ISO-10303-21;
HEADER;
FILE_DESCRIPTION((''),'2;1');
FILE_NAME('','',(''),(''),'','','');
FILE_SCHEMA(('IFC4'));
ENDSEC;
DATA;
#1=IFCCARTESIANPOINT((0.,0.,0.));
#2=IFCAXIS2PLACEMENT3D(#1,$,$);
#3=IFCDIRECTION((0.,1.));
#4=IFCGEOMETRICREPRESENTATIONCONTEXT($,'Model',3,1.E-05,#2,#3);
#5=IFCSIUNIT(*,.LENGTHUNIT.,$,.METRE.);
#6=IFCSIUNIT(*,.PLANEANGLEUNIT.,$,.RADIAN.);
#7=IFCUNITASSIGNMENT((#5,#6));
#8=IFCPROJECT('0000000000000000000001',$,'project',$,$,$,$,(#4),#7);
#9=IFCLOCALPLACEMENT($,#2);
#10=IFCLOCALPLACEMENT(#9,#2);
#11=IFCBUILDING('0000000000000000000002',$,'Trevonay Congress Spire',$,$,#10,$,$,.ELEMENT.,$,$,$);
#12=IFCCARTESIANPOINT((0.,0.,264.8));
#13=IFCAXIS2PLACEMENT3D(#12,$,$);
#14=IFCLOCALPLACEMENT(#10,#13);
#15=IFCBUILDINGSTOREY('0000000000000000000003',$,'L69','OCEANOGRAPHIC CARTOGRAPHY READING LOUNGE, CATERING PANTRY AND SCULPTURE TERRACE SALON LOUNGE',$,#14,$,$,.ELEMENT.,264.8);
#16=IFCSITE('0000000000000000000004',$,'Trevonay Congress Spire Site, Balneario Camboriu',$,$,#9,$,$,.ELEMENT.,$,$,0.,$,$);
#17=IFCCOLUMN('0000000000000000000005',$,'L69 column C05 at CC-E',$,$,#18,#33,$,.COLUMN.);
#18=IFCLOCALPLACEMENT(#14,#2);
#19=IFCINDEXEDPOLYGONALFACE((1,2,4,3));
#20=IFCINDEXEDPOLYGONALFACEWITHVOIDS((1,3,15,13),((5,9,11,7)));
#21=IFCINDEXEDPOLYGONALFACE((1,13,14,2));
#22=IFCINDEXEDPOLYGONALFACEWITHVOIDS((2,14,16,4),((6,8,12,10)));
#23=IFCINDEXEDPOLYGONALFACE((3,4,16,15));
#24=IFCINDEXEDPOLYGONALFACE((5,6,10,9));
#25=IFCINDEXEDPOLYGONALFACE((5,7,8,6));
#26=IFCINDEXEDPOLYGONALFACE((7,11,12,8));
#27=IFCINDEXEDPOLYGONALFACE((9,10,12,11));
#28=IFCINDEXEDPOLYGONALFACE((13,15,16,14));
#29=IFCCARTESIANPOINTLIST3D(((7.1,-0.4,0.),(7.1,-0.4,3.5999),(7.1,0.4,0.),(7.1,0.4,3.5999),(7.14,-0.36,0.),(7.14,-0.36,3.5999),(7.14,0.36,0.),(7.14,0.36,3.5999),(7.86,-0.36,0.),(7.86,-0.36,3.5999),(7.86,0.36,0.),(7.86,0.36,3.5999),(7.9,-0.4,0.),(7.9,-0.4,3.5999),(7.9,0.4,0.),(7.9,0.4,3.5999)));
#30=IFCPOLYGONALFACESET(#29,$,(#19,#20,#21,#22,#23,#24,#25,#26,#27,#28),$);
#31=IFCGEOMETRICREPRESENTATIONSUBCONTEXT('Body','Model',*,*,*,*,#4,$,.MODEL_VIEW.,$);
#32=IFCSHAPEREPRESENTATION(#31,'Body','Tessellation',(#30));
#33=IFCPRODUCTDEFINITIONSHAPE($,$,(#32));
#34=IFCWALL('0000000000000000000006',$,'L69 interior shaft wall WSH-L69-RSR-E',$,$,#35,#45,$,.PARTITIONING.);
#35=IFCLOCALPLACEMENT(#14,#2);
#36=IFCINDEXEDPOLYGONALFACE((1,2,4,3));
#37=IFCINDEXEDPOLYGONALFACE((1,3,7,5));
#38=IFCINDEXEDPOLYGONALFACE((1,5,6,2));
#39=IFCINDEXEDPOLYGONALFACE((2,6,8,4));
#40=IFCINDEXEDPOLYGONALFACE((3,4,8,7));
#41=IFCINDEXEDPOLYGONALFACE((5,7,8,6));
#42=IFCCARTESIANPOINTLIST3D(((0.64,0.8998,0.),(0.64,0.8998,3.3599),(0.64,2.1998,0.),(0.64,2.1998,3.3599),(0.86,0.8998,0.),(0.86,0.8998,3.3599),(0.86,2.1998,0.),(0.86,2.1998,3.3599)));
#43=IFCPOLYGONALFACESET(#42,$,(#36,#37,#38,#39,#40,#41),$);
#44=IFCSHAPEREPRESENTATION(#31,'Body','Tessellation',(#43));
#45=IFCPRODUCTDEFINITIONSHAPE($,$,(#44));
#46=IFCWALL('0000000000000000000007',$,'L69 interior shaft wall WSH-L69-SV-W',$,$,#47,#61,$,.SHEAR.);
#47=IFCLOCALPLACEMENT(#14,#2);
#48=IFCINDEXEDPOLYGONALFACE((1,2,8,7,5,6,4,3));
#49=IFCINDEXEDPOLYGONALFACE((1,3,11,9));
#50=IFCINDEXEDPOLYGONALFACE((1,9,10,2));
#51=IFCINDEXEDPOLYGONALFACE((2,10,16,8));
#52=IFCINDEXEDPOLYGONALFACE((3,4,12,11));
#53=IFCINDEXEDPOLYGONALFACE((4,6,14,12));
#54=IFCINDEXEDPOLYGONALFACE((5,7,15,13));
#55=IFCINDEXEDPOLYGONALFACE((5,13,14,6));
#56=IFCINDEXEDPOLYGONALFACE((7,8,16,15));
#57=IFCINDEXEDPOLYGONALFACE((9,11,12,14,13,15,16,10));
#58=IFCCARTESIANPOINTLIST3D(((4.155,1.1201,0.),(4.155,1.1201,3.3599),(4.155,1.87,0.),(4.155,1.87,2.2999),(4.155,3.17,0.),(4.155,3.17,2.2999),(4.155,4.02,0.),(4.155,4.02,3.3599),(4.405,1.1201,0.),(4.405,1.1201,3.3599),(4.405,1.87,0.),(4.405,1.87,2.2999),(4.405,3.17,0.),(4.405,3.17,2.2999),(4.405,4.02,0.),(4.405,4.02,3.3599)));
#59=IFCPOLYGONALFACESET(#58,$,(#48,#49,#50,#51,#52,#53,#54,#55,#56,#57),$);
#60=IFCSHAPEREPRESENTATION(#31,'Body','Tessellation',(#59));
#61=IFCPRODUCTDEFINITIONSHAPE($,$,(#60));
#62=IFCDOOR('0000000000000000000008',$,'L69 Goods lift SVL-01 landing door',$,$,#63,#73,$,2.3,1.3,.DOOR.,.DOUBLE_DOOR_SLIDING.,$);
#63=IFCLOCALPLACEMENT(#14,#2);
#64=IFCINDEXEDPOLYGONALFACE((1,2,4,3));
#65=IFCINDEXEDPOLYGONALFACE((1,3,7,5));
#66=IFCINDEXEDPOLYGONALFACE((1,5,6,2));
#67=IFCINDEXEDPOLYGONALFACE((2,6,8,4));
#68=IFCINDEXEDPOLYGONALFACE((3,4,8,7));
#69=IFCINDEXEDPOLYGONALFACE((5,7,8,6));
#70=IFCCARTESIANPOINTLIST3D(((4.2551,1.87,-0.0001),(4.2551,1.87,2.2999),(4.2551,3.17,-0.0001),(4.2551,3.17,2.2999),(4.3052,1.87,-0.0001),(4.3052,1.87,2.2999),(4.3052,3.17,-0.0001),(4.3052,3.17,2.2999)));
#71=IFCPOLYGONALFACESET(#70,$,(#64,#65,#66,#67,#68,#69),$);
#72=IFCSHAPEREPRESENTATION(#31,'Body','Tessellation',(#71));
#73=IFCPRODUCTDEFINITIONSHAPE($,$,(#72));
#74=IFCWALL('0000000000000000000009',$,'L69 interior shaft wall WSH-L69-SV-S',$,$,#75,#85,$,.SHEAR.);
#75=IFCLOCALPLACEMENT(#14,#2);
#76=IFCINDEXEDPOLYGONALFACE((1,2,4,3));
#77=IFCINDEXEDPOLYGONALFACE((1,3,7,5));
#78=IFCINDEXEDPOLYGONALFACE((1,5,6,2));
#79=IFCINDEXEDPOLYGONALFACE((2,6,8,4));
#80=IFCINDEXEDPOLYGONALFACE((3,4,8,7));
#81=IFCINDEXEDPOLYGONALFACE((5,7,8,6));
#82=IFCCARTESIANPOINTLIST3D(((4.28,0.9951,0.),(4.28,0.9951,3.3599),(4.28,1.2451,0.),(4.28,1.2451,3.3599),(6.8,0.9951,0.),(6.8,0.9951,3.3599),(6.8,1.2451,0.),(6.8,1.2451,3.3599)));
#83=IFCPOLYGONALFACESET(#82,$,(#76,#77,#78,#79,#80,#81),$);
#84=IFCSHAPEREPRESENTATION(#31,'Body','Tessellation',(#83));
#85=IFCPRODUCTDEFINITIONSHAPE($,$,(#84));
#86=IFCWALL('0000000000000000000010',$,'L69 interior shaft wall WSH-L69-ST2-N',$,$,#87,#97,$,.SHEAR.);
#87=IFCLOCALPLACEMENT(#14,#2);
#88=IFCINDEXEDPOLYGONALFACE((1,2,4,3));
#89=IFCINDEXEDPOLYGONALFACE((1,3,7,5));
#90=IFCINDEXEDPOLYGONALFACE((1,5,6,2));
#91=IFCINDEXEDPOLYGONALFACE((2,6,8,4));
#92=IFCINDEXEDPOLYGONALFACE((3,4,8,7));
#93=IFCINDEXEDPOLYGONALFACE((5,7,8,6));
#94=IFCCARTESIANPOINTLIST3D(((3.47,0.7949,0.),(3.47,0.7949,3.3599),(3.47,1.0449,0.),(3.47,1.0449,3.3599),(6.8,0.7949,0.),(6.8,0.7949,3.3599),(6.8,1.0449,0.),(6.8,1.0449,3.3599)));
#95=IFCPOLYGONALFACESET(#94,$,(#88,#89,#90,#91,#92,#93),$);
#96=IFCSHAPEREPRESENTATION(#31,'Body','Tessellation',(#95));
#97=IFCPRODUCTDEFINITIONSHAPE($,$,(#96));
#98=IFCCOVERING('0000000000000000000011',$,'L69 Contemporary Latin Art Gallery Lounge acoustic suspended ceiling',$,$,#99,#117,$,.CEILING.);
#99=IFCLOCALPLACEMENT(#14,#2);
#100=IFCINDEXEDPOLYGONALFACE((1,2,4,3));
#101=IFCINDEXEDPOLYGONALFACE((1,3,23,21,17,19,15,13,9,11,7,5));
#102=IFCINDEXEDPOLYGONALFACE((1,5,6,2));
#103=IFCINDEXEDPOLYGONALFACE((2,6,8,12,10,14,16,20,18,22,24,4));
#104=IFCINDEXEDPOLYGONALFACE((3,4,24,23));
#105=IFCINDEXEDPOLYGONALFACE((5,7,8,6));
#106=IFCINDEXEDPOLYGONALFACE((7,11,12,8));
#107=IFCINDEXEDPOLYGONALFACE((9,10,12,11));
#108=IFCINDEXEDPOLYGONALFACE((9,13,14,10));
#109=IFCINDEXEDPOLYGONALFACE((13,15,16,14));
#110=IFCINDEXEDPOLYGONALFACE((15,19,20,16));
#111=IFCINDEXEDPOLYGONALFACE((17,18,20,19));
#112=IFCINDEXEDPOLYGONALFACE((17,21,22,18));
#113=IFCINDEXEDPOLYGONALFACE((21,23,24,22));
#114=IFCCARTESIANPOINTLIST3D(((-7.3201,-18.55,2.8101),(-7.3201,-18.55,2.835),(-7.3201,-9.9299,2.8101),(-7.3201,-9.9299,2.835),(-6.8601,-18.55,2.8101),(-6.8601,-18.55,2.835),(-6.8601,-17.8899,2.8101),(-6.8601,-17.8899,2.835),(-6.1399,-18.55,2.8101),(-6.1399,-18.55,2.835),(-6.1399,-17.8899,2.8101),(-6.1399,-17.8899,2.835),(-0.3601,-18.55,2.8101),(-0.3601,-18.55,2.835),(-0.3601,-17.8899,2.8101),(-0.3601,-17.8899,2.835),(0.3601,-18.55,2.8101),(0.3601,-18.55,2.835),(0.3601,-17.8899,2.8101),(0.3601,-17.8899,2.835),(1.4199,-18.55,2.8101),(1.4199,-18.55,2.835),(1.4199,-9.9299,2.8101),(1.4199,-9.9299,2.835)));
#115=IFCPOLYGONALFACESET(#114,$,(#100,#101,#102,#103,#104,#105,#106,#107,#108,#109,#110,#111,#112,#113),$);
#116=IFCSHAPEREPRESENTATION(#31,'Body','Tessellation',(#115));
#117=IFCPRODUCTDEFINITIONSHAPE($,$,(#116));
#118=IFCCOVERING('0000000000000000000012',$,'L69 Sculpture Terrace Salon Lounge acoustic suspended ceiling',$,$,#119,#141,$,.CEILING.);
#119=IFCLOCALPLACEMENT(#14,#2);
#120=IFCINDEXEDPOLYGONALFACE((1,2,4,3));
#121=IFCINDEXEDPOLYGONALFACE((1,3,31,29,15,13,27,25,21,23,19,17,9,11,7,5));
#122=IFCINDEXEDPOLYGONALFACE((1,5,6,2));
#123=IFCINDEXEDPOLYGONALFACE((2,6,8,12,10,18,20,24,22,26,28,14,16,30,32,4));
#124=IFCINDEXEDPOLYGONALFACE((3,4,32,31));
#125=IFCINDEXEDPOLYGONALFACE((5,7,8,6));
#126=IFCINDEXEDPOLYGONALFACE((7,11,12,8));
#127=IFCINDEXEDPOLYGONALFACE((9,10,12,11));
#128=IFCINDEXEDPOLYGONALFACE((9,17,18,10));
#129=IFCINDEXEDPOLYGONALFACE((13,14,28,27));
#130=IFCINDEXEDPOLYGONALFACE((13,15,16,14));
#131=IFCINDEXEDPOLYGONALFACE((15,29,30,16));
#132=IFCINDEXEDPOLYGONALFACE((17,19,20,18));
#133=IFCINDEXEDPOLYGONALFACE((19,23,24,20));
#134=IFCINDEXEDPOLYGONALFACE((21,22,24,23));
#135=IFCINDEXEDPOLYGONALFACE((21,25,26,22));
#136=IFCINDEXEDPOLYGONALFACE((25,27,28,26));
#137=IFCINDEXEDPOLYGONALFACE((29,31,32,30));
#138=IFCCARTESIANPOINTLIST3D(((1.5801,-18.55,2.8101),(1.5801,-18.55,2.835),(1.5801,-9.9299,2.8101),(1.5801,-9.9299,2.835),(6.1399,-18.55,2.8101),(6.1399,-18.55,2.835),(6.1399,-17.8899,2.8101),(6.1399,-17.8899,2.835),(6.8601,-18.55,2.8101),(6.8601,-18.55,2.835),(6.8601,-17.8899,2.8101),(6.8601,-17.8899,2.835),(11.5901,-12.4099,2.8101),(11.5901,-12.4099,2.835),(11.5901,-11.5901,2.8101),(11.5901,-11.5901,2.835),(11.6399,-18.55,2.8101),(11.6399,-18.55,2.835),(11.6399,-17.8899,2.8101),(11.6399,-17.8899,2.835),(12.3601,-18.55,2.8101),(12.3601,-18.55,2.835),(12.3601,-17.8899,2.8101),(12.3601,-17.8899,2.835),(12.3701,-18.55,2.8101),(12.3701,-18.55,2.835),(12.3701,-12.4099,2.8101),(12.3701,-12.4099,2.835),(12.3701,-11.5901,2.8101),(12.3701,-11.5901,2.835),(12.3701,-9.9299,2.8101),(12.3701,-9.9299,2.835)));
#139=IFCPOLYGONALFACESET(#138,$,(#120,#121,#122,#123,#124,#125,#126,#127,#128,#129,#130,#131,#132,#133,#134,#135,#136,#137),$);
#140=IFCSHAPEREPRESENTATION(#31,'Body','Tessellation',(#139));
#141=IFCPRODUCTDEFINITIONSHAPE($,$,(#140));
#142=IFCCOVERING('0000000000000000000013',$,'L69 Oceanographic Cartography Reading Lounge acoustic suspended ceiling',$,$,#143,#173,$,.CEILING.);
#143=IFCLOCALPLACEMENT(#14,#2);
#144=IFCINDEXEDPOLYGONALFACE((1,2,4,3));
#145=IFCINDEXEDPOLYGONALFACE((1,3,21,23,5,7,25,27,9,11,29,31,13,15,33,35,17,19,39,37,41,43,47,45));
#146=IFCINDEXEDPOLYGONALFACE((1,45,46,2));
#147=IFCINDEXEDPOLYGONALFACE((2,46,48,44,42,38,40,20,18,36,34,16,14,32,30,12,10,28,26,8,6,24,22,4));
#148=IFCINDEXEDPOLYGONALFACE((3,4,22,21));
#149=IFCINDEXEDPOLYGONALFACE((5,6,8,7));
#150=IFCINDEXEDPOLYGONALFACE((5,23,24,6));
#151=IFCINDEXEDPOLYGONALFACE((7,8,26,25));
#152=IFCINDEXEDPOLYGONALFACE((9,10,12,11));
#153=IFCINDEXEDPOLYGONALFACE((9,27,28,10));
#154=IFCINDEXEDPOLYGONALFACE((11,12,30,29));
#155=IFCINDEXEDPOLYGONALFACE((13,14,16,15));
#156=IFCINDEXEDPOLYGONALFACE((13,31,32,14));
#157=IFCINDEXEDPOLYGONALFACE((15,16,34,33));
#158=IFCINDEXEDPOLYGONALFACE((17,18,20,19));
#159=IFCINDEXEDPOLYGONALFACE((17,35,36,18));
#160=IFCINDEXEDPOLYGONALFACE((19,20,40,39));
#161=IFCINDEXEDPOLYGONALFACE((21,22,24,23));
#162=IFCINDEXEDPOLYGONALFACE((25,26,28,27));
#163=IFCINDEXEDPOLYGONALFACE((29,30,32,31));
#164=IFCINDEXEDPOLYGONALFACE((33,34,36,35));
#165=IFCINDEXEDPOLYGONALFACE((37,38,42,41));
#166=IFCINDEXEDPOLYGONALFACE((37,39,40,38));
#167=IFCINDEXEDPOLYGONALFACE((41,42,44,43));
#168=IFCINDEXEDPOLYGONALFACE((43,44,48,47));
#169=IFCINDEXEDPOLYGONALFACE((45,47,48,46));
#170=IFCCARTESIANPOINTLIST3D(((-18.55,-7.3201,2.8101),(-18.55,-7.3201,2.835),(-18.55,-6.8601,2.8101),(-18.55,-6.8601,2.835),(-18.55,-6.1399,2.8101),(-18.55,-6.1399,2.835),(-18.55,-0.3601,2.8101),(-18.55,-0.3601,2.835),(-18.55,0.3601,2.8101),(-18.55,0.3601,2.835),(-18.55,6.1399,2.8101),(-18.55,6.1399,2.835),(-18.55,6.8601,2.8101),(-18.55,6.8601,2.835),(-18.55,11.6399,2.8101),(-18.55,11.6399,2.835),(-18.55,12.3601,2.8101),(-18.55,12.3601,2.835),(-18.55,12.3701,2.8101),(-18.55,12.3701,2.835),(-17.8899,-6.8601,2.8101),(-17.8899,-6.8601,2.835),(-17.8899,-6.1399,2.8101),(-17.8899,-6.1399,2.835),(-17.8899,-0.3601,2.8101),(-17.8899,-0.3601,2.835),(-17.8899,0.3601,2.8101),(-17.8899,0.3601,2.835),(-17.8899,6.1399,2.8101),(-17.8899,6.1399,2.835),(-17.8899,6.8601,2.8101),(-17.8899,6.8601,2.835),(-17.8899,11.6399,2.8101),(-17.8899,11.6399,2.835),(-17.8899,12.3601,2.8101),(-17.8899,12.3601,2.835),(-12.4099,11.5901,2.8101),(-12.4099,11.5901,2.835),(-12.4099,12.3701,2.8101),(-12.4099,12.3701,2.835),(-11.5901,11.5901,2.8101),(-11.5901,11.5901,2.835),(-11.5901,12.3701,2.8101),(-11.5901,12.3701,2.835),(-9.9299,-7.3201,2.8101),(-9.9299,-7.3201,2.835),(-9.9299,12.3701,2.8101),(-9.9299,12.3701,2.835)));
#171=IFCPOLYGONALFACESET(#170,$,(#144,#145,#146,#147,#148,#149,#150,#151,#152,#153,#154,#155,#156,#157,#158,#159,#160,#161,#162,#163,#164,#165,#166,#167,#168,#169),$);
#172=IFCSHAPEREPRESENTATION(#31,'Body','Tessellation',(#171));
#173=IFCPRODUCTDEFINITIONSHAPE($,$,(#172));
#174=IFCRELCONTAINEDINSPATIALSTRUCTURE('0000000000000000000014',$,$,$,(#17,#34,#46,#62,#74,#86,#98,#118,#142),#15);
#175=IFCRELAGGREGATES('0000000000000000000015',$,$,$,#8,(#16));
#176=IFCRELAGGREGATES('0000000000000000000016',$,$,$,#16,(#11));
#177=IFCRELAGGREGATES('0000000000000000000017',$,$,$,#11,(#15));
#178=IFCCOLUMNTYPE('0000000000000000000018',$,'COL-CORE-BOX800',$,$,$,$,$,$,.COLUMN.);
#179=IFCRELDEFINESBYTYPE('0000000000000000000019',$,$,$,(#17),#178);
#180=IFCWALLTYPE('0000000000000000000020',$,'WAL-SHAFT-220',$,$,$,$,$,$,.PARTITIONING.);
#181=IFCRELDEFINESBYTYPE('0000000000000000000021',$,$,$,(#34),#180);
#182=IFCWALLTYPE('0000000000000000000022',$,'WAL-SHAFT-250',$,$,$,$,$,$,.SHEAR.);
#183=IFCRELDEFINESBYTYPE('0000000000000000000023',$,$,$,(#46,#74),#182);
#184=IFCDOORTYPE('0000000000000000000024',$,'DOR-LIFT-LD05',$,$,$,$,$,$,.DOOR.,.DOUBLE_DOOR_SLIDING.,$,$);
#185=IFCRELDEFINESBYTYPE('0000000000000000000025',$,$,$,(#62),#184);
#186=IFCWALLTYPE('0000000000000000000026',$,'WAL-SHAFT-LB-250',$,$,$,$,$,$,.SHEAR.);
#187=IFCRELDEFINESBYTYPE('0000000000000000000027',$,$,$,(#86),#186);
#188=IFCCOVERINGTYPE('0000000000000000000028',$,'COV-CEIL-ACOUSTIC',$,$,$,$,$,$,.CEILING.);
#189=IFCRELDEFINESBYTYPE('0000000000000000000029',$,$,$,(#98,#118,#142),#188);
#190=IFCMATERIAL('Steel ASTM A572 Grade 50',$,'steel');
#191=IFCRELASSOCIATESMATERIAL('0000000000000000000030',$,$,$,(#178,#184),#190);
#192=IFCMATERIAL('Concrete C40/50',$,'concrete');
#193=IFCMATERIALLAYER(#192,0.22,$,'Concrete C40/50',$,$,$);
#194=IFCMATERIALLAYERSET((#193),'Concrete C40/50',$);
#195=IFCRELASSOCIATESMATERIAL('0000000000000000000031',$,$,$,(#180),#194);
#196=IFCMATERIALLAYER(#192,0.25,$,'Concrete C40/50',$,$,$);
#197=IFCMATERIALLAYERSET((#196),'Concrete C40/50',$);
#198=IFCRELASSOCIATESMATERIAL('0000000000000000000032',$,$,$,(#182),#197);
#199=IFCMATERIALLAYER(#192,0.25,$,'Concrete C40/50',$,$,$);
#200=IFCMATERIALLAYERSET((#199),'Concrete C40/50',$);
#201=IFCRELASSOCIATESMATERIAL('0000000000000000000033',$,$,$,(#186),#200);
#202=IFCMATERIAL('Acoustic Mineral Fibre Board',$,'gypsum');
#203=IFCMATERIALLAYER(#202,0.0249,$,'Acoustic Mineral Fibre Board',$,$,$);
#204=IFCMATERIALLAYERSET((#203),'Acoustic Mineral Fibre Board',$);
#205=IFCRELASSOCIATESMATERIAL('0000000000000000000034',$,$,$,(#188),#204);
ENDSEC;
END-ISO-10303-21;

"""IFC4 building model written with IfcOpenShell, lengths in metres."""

from ifc_helpers import new_model, si_unit, direction, frame, frame_2d, origin, origin_2d, place, context, subcontext, project, spatial, polyline, rectangle, hollow_rectangle, outline, extrude, material, layer, layer_set, material_profile, profile_set, type_object, element, fill, save


model = new_model("IFC4")

# Units and contexts
model_context = context("Model", 3, precision=1e-05, world=origin(), true_north=direction((0.0, 1.0)))
body_context = subcontext(model_context, "Body", "Model", "MODEL_VIEW")
ifc_project = project(units=[si_unit("LENGTHUNIT", "METRE"), si_unit("PLANEANGLEUNIT", "RADIAN")], contexts=[model_context])

# Site, building, storey
site_placement = place(None, origin())
site = spatial("IfcSite", under=ifc_project, at=site_placement, Name="Trevonay Congress Spire Site, Balneario Camboriu", CompositionType="ELEMENT", RefElevation=0.0)
building_placement = place(site_placement, origin())
building = spatial("IfcBuilding", under=site, at=building_placement, Name="Trevonay Congress Spire", CompositionType="ELEMENT")
storey_placement = place(building_placement, frame((0.0, 0.0, 264.8)))
storey = spatial("IfcBuildingStorey", under=building, at=storey_placement, Name="L69", Description="OCEANOGRAPHIC CARTOGRAPHY READING LOUNGE, CATERING PANTRY AND SCULPTURE TERRACE SALON LOUNGE", CompositionType="ELEMENT", Elevation=264.8)

# Column
ifc_material_1 = material(Name="Steel ASTM A572 Grade 50", Category="steel")
ifc_material_profile = material_profile(ifc_material_1, hollow_rectangle(XDim=0.8, YDim=0.8, WallThickness=0.04, at=origin_2d()), Name="BOX 800x800x40")
ifc_profile_set = profile_set([ifc_material_profile], Name="Steel ASTM A572 Grade 50")
column_type = type_object("IfcColumnType", Name="COL-CORE-BOX800", PredefinedType="COLUMN", material=ifc_profile_set)
column_placement = place(storey_placement, frame((7.5, 0.0, 0.0), z_axis=(0.0, 0.0, 1.0), x_axis=(1.0, 0.0, 0.0)))
element("IfcColumn", 1, at=column_placement, inside=storey, type_object=column_type, Name="L69 column C05 at CC-E", PredefinedType="COLUMN", context=body_context, shape_type="SweptSolid", body=[
    extrude(hollow_rectangle(XDim=0.8, YDim=0.8, WallThickness=0.04, at=origin_2d()), origin(), (0.0, 0.0, 1.0), 3.5999),
])

# Wall
ifc_material_2 = material(Name="Concrete C40/50", Category="concrete")
ifc_layer_1 = layer(ifc_material_2, 0.22, Name="Concrete C40/50")
ifc_layer_set_1 = layer_set([ifc_layer_1], Name="Concrete C40/50")
wall_type_1 = type_object("IfcWallType", Name="WAL-SHAFT-220", PredefinedType="PARTITIONING", material=ifc_layer_set_1)
wall_1_placement = place(storey_placement, frame((0.75, 0.8999, 0.0), z_axis=(0.0, 0.0, 1.0), x_axis=(0.0, 1.0, 0.0)))
element("IfcWall", 2, at=wall_1_placement, inside=storey, type_object=wall_type_1, Name="L69 interior shaft wall WSH-L69-RSR-E", PredefinedType="PARTITIONING", context=body_context, shape_type="SweptSolid", body=[
    extrude(rectangle(XDim=1.3, YDim=0.22, at=frame_2d((0.6499, 0.0))), origin(), (0.0, 0.0, 1.0), 3.3599),
])

# Wall, opening, door
ifc_layer_2 = layer(ifc_material_2, 0.25, Name="Concrete C40/50")
ifc_layer_set_2 = layer_set([ifc_layer_2], Name="Concrete C40/50")
wall_type_2 = type_object("IfcWallType", Name="WAL-SHAFT-250", PredefinedType="SHEAR", material=ifc_layer_set_2)
wall_2_placement = place(storey_placement, frame((4.28, 1.1201, 0.0), z_axis=(0.0, 0.0, 1.0), x_axis=(0.0, 1.0, 0.0)))
wall_2 = element("IfcWall", 3, at=wall_2_placement, inside=storey, type_object=wall_type_2, Name="L69 interior shaft wall WSH-L69-SV-W", PredefinedType="SHEAR", context=body_context, shape_type="SweptSolid", body=[
    extrude(rectangle(XDim=2.8999, YDim=0.25, at=frame_2d((1.45, 0.0))), origin(), (0.0, 0.0, 1.0), 3.3599),
])
opening_placement = place(wall_2_placement, frame((0.75, 0.0, 0.0)))
opening = element("IfcOpeningElement", 4, at=opening_placement, cuts=wall_2, PredefinedType="OPENING", context=body_context, shape_type="SweptSolid", body=[
    extrude(rectangle(XDim=1.3, YDim=2.3, at=frame_2d((0.6499, 1.1499))), frame((0.0, 0.135, 0.0), z_axis=(0.0, -1.0, 0.0), x_axis=(1.0, 0.0, 0.0)), (0.0, 0.0, 1.0), 0.27),
])
door_type = type_object("IfcDoorType", Name="DOR-LIFT-LD05", OperationType="DOUBLE_DOOR_SLIDING", PredefinedType="DOOR", material=ifc_material_1)
door_placement = place(opening_placement, origin())
door = element("IfcDoor", 5, at=door_placement, inside=storey, type_object=door_type, Name="L69 Goods lift SVL-01 landing door", OperationType="DOUBLE_DOOR_SLIDING", OverallHeight=2.3, OverallWidth=1.3, PredefinedType="DOOR", context=body_context, shape_type="SweptSolid", body=[
    extrude(rectangle(XDim=1.3, YDim=2.3, at=frame_2d((0.6499, 1.1499))), frame((0.0, 0.0249, 0.0), z_axis=(0.0, -1.0, 0.0), x_axis=(1.0, 0.0, 0.0)), (0.0, 0.0, 1.0), 0.05),
])
fill(opening, door)

# Walls
wall_3_placement = place(storey_placement, frame((4.28, 1.1201, 0.0), z_axis=(0.0, 0.0, 1.0), x_axis=(1.0, 0.0, 0.0)))
element("IfcWall", 6, at=wall_3_placement, inside=storey, type_object=wall_type_2, Name="L69 interior shaft wall WSH-L69-SV-S", PredefinedType="SHEAR", context=body_context, shape_type="SweptSolid", body=[
    extrude(rectangle(XDim=2.52, YDim=0.25, at=frame_2d((1.26, 0.0))), origin(), (0.0, 0.0, 1.0), 3.3599),
])
ifc_layer_3 = layer(ifc_material_2, 0.25, Name="Concrete C40/50")
ifc_layer_set_3 = layer_set([ifc_layer_3], Name="Concrete C40/50")
wall_type_3 = type_object("IfcWallType", Name="WAL-SHAFT-LB-250", PredefinedType="SHEAR", material=ifc_layer_set_3)
wall_4_placement = place(storey_placement, frame((3.47, 0.9199, 0.0), z_axis=(0.0, 0.0, 1.0), x_axis=(1.0, 0.0, 0.0)))
element("IfcWall", 7, at=wall_4_placement, inside=storey, type_object=wall_type_3, Name="L69 interior shaft wall WSH-L69-ST2-N", PredefinedType="SHEAR", context=body_context, shape_type="SweptSolid", body=[
    extrude(rectangle(XDim=3.3301, YDim=0.25, at=frame_2d((1.665, 0.0))), origin(), (0.0, 0.0, 1.0), 3.3599),
])

# Coverings
ifc_material_3 = material(Name="Acoustic Mineral Fibre Board", Category="gypsum")
ifc_layer_4 = layer(ifc_material_3, 0.0249, Name="Acoustic Mineral Fibre Board")
ifc_layer_set_4 = layer_set([ifc_layer_4], Name="Acoustic Mineral Fibre Board")
covering_type_1 = type_object("IfcCoveringType", Name="COV-CEIL-ACOUSTIC", PredefinedType="CEILING", material=ifc_layer_set_4)
covering_1_placement = place(storey_placement, frame((0.0, 0.0, 2.8101)))
element("IfcCovering", 8, at=covering_1_placement, inside=storey, type_object=covering_type_1, Name="L69 Contemporary Latin Art Gallery Lounge acoustic suspended ceiling", PredefinedType="CEILING", context=body_context, shape_type="SweptSolid", body=[
    extrude(outline(polyline([(-7.3201, -18.55), (-7.3201, -9.9299), (1.4199, -9.9299), (1.4199, -18.55), (0.3601, -18.55), (0.3601, -17.8899), (-0.3601, -17.8899), (-0.3601, -18.55), (-6.1399, -18.55), (-6.1399, -17.8899), (-6.8601, -17.8899), (-6.8601, -18.55), (-7.3201, -18.55)])), origin(), (0.0, 0.0, 1.0), 0.0249),
])
covering_2_placement = place(storey_placement, frame((0.0, 0.0, 2.8101)))
element("IfcCovering", 9, at=covering_2_placement, inside=storey, type_object=covering_type_1, Name="L69 Sculpture Terrace Salon Lounge acoustic suspended ceiling", PredefinedType="CEILING", context=body_context, shape_type="SweptSolid", body=[
    extrude(outline(polyline([(1.5801, -18.55), (1.5801, -9.9299), (12.3701, -9.9299), (12.3701, -11.5901), (11.5901, -11.5901), (11.5901, -12.4099), (12.3701, -12.4099), (12.3701, -18.55), (12.3601, -18.55), (12.3601, -17.8899), (11.6399, -17.8899), (11.6399, -18.55), (6.8601, -18.55), (6.8601, -17.8899), (6.1399, -17.8899), (6.1399, -18.55), (1.5801, -18.55)])), origin(), (0.0, 0.0, 1.0), 0.0249),
])
covering_3_placement = place(storey_placement, frame((0.0, 0.0, 2.8101)))
element("IfcCovering", 10, at=covering_3_placement, inside=storey, type_object=covering_type_1, Name="L69 Oceanographic Cartography Reading Lounge acoustic suspended ceiling", PredefinedType="CEILING", context=body_context, shape_type="SweptSolid", body=[
    extrude(outline(polyline([(-9.9299, 12.3701), (-9.9299, -7.3201), (-18.55, -7.3201), (-18.55, -6.8601), (-17.8899, -6.8601), (-17.8899, -6.1399), (-18.55, -6.1399), (-18.55, -0.3601), (-17.8899, -0.3601), (-17.8899, 0.3601), (-18.55, 0.3601), (-18.55, 6.1399), (-17.8899, 6.1399), (-17.8899, 6.8601), (-18.55, 6.8601), (-18.55, 11.6399), (-17.8899, 11.6399), (-17.8899, 12.3601), (-18.55, 12.3601), (-18.55, 12.3701), (-12.4099, 12.3701), (-12.4099, 11.5901), (-11.5901, 11.5901), (-11.5901, 12.3701), (-9.9299, 12.3701)])), origin(), (0.0, 0.0, 1.0), 0.0249),
])

save(model, "model.ifc")
